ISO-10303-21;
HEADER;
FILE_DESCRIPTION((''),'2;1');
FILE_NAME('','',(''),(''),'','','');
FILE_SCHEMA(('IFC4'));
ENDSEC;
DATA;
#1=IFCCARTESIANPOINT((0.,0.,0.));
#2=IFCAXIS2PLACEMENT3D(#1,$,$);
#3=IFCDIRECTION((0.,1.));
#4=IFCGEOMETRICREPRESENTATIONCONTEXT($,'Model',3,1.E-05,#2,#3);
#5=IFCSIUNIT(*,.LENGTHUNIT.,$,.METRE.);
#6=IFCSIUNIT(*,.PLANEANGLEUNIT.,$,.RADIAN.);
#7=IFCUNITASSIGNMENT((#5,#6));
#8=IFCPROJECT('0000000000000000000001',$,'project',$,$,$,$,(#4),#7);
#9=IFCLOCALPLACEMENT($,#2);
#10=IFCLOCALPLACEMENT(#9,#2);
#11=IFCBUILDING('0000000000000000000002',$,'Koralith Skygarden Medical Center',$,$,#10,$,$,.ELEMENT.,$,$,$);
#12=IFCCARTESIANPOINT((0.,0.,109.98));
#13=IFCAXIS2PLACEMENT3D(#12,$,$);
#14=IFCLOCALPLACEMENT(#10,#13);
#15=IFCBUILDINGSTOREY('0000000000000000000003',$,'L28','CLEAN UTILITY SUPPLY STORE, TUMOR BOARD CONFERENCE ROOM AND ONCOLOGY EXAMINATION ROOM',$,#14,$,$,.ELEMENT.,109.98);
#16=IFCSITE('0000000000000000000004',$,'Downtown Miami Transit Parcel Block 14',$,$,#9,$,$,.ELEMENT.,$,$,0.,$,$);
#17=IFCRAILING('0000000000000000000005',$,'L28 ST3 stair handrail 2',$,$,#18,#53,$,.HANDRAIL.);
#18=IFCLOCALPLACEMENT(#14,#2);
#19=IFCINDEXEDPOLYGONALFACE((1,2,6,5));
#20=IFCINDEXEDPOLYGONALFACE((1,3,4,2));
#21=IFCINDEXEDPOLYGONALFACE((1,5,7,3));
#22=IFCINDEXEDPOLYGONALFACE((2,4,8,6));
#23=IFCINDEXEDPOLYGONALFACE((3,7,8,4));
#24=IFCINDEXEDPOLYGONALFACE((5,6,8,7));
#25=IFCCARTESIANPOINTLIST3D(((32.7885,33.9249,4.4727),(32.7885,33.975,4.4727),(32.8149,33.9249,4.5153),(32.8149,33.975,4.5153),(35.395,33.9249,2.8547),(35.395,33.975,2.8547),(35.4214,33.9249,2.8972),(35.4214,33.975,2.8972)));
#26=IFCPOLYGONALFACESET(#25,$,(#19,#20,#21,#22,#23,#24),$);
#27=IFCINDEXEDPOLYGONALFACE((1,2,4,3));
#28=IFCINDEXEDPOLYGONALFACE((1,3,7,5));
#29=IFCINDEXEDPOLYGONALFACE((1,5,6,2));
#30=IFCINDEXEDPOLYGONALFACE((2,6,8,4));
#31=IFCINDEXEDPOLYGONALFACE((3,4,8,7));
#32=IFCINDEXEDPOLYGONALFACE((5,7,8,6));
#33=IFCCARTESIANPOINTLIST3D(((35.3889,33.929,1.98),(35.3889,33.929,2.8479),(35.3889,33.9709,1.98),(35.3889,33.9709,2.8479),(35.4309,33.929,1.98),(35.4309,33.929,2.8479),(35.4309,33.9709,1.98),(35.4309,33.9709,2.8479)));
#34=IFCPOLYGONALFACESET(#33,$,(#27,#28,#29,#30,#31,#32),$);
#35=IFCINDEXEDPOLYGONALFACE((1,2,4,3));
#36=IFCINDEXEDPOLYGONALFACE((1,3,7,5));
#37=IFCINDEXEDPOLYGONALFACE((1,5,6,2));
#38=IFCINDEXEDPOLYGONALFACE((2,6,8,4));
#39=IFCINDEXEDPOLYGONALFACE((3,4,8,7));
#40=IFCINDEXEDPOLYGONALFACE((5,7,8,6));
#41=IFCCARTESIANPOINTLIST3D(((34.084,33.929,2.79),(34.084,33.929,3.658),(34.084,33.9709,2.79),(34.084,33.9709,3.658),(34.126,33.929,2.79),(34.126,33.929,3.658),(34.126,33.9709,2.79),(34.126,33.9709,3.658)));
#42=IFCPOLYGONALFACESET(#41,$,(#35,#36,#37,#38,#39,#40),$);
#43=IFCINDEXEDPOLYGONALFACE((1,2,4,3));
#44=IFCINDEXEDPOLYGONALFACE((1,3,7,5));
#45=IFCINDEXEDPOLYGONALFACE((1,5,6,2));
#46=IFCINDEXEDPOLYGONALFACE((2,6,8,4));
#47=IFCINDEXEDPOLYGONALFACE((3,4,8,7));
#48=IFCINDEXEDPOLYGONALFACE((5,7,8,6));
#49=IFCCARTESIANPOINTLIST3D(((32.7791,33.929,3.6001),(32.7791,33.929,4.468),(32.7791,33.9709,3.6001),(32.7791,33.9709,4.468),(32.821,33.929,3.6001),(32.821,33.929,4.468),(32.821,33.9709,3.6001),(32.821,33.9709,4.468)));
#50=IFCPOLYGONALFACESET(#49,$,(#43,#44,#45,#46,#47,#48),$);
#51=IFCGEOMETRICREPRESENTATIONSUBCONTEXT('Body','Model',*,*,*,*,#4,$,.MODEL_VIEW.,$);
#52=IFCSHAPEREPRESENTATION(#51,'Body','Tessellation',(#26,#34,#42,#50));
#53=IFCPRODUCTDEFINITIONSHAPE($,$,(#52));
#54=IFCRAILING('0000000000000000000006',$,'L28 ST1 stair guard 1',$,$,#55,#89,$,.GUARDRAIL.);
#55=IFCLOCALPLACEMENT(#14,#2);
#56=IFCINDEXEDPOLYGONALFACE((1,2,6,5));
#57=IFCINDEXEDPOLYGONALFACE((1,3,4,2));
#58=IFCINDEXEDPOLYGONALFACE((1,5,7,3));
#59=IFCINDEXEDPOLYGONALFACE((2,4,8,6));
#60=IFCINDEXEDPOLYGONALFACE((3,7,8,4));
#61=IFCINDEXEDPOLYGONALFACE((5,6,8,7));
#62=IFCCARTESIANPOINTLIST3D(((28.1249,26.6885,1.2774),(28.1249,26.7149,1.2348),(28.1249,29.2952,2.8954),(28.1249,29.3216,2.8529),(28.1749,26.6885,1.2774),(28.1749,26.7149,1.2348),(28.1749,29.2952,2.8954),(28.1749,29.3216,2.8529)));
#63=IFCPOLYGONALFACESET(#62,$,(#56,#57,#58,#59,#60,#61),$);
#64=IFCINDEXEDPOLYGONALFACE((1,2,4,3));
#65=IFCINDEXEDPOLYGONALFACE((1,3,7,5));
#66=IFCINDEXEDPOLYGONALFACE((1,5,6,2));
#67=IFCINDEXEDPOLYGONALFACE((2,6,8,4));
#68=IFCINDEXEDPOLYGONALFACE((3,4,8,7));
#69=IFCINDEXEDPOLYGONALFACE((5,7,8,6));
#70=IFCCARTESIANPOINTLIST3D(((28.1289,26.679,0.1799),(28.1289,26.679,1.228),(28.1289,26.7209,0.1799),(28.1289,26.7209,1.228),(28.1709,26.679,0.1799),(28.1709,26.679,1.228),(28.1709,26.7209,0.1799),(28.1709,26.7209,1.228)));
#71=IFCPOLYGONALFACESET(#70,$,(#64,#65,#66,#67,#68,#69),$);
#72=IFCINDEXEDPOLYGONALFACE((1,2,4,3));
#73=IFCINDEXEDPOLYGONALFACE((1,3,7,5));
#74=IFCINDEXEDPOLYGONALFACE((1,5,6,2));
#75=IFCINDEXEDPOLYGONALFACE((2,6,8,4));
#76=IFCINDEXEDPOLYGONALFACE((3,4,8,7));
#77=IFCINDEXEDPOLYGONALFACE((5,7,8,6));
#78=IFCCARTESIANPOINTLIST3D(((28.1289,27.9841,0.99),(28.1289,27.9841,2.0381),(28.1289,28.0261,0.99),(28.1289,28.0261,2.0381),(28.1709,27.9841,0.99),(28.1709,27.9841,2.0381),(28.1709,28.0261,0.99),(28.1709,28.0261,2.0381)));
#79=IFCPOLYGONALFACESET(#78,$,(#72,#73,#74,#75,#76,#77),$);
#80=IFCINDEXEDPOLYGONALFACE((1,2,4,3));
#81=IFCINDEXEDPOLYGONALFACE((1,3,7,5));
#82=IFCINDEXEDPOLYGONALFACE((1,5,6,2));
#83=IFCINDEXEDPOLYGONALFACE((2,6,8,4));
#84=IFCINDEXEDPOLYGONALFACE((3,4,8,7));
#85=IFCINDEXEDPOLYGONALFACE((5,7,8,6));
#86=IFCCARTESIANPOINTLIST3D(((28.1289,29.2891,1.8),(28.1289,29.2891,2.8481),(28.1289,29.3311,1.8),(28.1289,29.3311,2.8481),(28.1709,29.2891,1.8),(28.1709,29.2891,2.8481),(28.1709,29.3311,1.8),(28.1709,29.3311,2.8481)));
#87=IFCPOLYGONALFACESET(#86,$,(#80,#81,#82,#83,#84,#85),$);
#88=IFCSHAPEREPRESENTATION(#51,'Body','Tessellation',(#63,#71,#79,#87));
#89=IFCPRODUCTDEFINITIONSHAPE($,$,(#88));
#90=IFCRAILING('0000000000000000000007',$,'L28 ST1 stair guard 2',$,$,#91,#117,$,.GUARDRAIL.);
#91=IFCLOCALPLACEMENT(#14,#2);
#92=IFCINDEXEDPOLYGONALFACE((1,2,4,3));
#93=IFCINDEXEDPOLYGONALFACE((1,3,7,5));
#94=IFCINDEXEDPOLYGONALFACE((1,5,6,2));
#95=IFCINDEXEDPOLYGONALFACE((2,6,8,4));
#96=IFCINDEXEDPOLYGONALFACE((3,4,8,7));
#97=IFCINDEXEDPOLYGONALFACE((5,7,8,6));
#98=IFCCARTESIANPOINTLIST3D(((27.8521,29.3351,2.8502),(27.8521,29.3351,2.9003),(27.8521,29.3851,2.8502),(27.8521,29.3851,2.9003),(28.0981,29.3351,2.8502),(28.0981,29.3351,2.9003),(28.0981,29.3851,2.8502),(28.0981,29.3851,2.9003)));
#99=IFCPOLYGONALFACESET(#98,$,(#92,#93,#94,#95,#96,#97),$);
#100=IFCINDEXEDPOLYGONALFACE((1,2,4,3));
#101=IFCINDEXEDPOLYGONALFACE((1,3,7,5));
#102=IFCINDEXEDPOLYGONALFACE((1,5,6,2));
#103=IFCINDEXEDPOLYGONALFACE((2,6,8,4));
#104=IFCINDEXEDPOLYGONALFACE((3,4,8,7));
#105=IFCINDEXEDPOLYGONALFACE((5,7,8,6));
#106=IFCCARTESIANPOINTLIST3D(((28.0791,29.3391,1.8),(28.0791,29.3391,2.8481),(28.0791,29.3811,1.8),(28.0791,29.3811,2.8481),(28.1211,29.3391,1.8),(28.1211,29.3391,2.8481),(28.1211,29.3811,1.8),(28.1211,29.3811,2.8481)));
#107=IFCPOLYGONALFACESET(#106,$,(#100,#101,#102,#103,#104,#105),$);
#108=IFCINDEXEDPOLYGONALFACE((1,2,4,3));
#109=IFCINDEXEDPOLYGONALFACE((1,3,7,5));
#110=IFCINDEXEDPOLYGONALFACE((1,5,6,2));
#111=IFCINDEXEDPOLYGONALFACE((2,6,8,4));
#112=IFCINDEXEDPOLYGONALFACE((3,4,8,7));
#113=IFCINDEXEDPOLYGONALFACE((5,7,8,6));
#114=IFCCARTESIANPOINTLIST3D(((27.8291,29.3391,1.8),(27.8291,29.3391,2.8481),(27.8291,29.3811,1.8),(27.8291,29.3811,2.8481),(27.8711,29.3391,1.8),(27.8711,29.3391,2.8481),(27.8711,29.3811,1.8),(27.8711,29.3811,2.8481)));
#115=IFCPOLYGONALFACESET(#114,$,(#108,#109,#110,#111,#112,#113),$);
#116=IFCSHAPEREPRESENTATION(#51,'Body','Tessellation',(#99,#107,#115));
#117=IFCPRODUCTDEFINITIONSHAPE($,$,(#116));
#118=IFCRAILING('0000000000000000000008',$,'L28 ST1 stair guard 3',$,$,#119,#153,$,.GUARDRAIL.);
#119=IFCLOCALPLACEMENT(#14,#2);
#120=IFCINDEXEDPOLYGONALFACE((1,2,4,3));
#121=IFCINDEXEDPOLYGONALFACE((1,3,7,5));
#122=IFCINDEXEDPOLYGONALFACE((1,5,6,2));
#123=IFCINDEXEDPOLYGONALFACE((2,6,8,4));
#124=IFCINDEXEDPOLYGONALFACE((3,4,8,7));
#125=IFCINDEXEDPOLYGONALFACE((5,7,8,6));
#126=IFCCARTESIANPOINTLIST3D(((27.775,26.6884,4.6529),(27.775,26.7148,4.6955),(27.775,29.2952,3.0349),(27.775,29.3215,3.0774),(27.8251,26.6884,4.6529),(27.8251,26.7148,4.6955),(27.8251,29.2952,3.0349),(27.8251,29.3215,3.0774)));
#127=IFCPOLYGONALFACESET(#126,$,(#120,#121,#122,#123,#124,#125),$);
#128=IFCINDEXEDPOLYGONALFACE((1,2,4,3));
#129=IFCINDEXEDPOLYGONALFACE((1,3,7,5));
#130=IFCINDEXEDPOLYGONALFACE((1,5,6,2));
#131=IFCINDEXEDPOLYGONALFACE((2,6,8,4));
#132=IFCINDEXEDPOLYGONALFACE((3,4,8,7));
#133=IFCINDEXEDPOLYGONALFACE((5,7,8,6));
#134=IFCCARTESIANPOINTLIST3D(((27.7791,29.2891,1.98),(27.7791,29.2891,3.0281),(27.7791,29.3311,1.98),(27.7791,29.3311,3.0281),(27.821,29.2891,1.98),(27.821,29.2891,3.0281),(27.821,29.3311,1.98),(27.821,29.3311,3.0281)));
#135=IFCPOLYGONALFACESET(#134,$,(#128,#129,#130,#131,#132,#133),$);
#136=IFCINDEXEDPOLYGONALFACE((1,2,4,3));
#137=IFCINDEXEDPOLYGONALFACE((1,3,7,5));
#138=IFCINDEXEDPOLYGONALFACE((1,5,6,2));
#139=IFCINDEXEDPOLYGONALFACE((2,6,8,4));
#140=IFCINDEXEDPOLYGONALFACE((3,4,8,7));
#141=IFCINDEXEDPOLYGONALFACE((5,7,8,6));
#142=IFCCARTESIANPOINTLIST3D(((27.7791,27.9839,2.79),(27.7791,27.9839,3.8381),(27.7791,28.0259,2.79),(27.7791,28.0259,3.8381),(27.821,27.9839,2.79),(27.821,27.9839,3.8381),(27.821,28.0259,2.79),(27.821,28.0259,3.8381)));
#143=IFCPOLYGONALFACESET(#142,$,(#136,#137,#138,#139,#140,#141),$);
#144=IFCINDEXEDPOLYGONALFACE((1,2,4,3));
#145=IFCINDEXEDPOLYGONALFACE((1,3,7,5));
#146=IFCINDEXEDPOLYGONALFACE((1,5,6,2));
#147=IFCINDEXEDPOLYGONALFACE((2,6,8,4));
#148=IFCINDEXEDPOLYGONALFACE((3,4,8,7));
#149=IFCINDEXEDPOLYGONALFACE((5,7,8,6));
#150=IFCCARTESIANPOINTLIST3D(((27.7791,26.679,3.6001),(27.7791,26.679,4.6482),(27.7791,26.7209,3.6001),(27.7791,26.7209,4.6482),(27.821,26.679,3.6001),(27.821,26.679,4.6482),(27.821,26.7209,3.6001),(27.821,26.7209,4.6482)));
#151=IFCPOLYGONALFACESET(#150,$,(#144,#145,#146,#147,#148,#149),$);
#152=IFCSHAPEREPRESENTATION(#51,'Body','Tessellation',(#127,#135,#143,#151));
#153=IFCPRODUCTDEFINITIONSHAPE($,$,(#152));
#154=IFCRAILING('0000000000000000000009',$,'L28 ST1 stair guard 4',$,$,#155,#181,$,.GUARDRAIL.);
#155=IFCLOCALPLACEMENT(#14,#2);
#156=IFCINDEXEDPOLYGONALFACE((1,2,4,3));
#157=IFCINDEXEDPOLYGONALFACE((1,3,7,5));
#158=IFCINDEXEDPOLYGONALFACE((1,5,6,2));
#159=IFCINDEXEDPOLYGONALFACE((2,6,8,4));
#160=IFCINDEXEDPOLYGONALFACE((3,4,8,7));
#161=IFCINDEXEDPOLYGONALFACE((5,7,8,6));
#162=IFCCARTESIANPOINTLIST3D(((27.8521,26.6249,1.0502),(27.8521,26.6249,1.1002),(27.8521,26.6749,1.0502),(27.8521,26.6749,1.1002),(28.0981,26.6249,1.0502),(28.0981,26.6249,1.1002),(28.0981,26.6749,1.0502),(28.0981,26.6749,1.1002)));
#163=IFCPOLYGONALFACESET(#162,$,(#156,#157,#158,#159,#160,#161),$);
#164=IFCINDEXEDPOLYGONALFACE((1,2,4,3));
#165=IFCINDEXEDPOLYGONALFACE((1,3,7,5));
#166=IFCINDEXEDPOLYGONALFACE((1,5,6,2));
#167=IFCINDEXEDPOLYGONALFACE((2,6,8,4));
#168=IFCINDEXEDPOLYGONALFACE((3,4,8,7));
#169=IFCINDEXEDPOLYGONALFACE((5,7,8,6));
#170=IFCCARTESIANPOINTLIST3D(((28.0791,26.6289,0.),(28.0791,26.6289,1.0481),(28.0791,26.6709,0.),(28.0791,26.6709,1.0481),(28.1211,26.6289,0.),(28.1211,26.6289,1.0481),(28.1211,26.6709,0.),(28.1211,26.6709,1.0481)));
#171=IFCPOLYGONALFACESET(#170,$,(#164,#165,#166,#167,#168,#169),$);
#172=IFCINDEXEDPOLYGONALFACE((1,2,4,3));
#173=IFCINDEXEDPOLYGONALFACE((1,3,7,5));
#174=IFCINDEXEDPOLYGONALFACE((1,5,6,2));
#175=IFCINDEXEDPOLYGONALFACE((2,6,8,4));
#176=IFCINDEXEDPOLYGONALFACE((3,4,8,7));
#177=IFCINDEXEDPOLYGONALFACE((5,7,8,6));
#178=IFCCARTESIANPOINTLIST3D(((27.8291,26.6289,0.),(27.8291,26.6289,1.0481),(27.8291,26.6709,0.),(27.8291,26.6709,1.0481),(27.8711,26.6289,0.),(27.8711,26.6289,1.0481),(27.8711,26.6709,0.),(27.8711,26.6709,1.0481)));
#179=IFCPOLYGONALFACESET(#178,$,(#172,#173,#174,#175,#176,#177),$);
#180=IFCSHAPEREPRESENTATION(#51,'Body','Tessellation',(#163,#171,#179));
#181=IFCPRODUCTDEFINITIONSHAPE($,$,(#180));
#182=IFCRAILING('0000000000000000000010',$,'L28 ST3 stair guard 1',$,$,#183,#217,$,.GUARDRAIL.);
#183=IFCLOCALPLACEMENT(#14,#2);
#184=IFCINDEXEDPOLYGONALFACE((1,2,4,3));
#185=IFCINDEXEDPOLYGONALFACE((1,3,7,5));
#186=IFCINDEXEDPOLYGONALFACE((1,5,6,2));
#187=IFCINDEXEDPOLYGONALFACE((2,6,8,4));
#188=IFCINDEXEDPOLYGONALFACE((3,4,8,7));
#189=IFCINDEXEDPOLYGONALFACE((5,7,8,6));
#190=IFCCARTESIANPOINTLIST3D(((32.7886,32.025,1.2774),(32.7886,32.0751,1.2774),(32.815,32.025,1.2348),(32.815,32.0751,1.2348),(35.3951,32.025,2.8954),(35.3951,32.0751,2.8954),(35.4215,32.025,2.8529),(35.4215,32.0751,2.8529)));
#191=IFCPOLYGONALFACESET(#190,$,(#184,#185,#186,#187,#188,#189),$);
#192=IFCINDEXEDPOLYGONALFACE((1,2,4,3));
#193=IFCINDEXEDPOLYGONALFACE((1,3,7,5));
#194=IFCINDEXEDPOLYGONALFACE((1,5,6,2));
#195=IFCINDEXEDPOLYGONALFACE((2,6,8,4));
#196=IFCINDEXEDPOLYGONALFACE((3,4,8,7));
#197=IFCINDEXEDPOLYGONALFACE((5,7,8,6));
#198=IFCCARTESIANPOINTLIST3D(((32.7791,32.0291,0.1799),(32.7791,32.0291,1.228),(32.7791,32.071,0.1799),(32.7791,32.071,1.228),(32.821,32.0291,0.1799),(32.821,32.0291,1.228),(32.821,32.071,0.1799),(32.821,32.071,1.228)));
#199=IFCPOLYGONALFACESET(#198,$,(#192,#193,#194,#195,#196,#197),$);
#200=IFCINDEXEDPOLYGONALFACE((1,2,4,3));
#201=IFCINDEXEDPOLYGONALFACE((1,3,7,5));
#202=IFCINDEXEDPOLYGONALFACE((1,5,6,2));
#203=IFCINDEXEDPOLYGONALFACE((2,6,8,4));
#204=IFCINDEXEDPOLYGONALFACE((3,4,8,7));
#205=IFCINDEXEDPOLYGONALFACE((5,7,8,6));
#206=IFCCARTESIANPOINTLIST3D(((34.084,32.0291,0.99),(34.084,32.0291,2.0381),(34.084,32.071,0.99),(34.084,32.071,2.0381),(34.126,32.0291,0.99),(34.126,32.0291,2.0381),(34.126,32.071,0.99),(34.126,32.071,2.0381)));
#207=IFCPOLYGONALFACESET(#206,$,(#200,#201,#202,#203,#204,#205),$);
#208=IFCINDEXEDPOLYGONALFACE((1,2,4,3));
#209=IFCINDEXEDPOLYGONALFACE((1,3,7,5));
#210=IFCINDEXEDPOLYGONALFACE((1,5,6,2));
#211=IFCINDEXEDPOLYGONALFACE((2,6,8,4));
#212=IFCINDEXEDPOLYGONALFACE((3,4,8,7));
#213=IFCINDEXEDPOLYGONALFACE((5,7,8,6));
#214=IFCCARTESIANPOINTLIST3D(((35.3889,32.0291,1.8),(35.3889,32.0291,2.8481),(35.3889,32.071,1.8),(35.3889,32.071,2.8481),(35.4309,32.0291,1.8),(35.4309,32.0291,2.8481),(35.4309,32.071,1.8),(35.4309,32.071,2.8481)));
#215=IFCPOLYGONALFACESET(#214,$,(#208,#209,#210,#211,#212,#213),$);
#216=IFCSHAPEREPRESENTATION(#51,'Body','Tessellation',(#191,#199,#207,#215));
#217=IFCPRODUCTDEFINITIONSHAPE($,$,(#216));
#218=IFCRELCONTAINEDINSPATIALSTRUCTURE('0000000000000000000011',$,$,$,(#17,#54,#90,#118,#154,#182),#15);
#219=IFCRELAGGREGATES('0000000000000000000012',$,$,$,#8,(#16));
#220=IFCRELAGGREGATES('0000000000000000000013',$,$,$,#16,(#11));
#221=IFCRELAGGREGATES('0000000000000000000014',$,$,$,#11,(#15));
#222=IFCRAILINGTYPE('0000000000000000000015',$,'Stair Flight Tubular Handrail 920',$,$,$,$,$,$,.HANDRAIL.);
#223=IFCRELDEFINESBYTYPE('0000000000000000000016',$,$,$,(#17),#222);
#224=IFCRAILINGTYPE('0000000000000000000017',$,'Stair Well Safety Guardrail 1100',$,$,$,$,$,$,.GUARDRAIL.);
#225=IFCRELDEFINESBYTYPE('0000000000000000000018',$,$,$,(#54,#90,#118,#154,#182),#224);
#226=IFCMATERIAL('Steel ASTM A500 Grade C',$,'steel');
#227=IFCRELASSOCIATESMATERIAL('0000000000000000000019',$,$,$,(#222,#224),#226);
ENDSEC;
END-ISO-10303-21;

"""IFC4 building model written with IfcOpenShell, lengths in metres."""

from ifc_helpers import new_model, si_unit, direction, frame, origin, origin_2d, place, context, subcontext, project, spatial, rectangle, extrude, material, type_object, element, save


model = new_model("IFC4")

# Units and contexts
model_context = context("Model", 3, precision=1e-05, world=origin(), true_north=direction((0.0, 1.0)))
body_context = subcontext(model_context, "Body", "Model", "MODEL_VIEW")
ifc_project = project(units=[si_unit("LENGTHUNIT", "METRE"), si_unit("PLANEANGLEUNIT", "RADIAN")], contexts=[model_context])

# Site, building, storey
site_placement = place(None, origin())
site = spatial("IfcSite", under=ifc_project, at=site_placement, Name="Downtown Miami Transit Parcel Block 14", CompositionType="ELEMENT", RefElevation=0.0)
building_placement = place(site_placement, origin())
building = spatial("IfcBuilding", under=site, at=building_placement, Name="Koralith Skygarden Medical Center", CompositionType="ELEMENT")
storey_placement = place(building_placement, frame((0.0, 0.0, 109.98)))
storey = spatial("IfcBuildingStorey", under=building, at=storey_placement, Name="L28", Description="CLEAN UTILITY SUPPLY STORE, TUMOR BOARD CONFERENCE ROOM AND ONCOLOGY EXAMINATION ROOM", CompositionType="ELEMENT", Elevation=109.98)

# Railings
ifc_material_1 = material(Name="Steel ASTM A500 Grade C", Category="steel")
railing_type_1 = type_object("IfcRailingType", Name="Stair Flight Tubular Handrail 920", PredefinedType="HANDRAIL", material=ifc_material_1)
railing_1_placement = place(storey_placement, frame((35.4099, 33.95, 1.98)))
element("IfcRailing", 1, at=railing_1_placement, inside=storey, type_object=railing_type_1, Name="L28 ST3 stair handrail 2", PredefinedType="HANDRAIL", context=body_context, shape_type="SweptSolid", body=[
    extrude(rectangle(XDim=0.05, YDim=0.05, at=origin_2d()), frame((-0.0017, 0.0, 0.896), z_axis=(-0.849611, 0.0, 0.52741), x_axis=(0.0, -1.0, 0.0)), (0.0, 0.0, 1.0), 3.0679),
    extrude(rectangle(XDim=0.042, YDim=0.042, at=origin_2d()), origin(), (0.0, 0.0, 1.0), 0.8679),
    extrude(rectangle(XDim=0.042, YDim=0.042, at=origin_2d()), frame((-1.3049, 0.0, 0.8101)), (0.0, 0.0, 1.0), 0.8679),
    extrude(rectangle(XDim=0.042, YDim=0.042, at=origin_2d()), frame((-2.6099, 0.0, 1.6201)), (0.0, 0.0, 1.0), 0.8679),
])
railing_type_2 = type_object("IfcRailingType", Name="Stair Well Safety Guardrail 1100", PredefinedType="GUARDRAIL", material=ifc_material_1)
railing_2_placement = place(storey_placement, frame((28.1499, 26.7, 0.1799)))
element("IfcRailing", 2, at=railing_2_placement, inside=storey, type_object=railing_type_2, Name="L28 ST1 stair guard 1", PredefinedType="GUARDRAIL", context=body_context, shape_type="SweptSolid", body=[
    extrude(rectangle(XDim=0.05, YDim=0.05, at=origin_2d()), frame((0.0, 0.0017, 1.0762), z_axis=(0.0, 0.849633, 0.527375), x_axis=(-1.0, 0.0, 0.0)), (0.0, 0.0, 1.0), 3.0681),
    extrude(rectangle(XDim=0.042, YDim=0.042, at=origin_2d()), origin(), (0.0, 0.0, 1.0), 1.0481),
    extrude(rectangle(XDim=0.042, YDim=0.042, at=origin_2d()), frame((0.0, 1.3052, 0.8101)), (0.0, 0.0, 1.0), 1.0481),
    extrude(rectangle(XDim=0.042, YDim=0.042, at=origin_2d()), frame((0.0, 2.6101, 1.6201)), (0.0, 0.0, 1.0), 1.0481),
])
railing_3_placement = place(storey_placement, frame((28.1001, 29.3601, 1.8)))
element("IfcRailing", 3, at=railing_3_placement, inside=storey, type_object=railing_type_2, Name="L28 ST1 stair guard 2", PredefinedType="GUARDRAIL", context=body_context, shape_type="SweptSolid", body=[
    extrude(rectangle(XDim=0.05, YDim=0.05, at=origin_2d()), frame((-0.002, 0.0, 1.0752), z_axis=(-1.0, 0.0, 0.0), x_axis=(0.0, -1.0, 0.0)), (0.0, 0.0, 1.0), 0.2461),
    extrude(rectangle(XDim=0.042, YDim=0.042, at=origin_2d()), origin(), (0.0, 0.0, 1.0), 1.0481),
    extrude(rectangle(XDim=0.042, YDim=0.042, at=origin_2d()), frame((-0.25, 0.0, 0.0)), (0.0, 0.0, 1.0), 1.0481),
])
railing_4_placement = place(storey_placement, frame((27.8, 29.3101, 1.98)))
element("IfcRailing", 4, at=railing_4_placement, inside=storey, type_object=railing_type_2, Name="L28 ST1 stair guard 3", PredefinedType="GUARDRAIL", context=body_context, shape_type="SweptSolid", body=[
    extrude(rectangle(XDim=0.05, YDim=0.05, at=origin_2d()), frame((0.0, -0.0017, 1.0762), z_axis=(0.0, -0.849633, 0.527375), x_axis=(1.0, 0.0, 0.0)), (0.0, 0.0, 1.0), 3.0681),
    extrude(rectangle(XDim=0.042, YDim=0.042, at=origin_2d()), origin(), (0.0, 0.0, 1.0), 1.0481),
    extrude(rectangle(XDim=0.042, YDim=0.042, at=origin_2d()), frame((0.0, -1.3052, 0.8101)), (0.0, 0.0, 1.0), 1.0481),
    extrude(rectangle(XDim=0.042, YDim=0.042, at=origin_2d()), frame((0.0, -2.6101, 1.6201)), (0.0, 0.0, 1.0), 1.0481),
])
railing_5_placement = place(storey_placement, frame((28.1001, 26.6499, 0.0)))
element("IfcRailing", 5, at=railing_5_placement, inside=storey, type_object=railing_type_2, Name="L28 ST1 stair guard 4", PredefinedType="GUARDRAIL", context=body_context, shape_type="SweptSolid", body=[
    extrude(rectangle(XDim=0.05, YDim=0.05, at=origin_2d()), frame((-0.002, 0.0, 1.0752), z_axis=(-1.0, 0.0, 0.0), x_axis=(0.0, -1.0, 0.0)), (0.0, 0.0, 1.0), 0.2461),
    extrude(rectangle(XDim=0.042, YDim=0.042, at=origin_2d()), origin(), (0.0, 0.0, 1.0), 1.0481),
    extrude(rectangle(XDim=0.042, YDim=0.042, at=origin_2d()), frame((-0.25, 0.0, 0.0)), (0.0, 0.0, 1.0), 1.0481),
])
railing_6_placement = place(storey_placement, frame((32.8, 32.05, 0.1799)))
element("IfcRailing", 6, at=railing_6_placement, inside=storey, type_object=railing_type_2, Name="L28 ST3 stair guard 1", PredefinedType="GUARDRAIL", context=body_context, shape_type="SweptSolid", body=[
    extrude(rectangle(XDim=0.05, YDim=0.05, at=origin_2d()), frame((0.0017, 0.0, 1.0762), z_axis=(0.849611, 0.0, 0.52741), x_axis=(0.0, 1.0, 0.0)), (0.0, 0.0, 1.0), 3.0679),
    extrude(rectangle(XDim=0.042, YDim=0.042, at=origin_2d()), origin(), (0.0, 0.0, 1.0), 1.0481),
    extrude(rectangle(XDim=0.042, YDim=0.042, at=origin_2d()), frame((1.3049, 0.0, 0.8101)), (0.0, 0.0, 1.0), 1.0481),
    extrude(rectangle(XDim=0.042, YDim=0.042, at=origin_2d()), frame((2.6099, 0.0, 1.6201)), (0.0, 0.0, 1.0), 1.0481),
])

save(model, "model.ifc")
